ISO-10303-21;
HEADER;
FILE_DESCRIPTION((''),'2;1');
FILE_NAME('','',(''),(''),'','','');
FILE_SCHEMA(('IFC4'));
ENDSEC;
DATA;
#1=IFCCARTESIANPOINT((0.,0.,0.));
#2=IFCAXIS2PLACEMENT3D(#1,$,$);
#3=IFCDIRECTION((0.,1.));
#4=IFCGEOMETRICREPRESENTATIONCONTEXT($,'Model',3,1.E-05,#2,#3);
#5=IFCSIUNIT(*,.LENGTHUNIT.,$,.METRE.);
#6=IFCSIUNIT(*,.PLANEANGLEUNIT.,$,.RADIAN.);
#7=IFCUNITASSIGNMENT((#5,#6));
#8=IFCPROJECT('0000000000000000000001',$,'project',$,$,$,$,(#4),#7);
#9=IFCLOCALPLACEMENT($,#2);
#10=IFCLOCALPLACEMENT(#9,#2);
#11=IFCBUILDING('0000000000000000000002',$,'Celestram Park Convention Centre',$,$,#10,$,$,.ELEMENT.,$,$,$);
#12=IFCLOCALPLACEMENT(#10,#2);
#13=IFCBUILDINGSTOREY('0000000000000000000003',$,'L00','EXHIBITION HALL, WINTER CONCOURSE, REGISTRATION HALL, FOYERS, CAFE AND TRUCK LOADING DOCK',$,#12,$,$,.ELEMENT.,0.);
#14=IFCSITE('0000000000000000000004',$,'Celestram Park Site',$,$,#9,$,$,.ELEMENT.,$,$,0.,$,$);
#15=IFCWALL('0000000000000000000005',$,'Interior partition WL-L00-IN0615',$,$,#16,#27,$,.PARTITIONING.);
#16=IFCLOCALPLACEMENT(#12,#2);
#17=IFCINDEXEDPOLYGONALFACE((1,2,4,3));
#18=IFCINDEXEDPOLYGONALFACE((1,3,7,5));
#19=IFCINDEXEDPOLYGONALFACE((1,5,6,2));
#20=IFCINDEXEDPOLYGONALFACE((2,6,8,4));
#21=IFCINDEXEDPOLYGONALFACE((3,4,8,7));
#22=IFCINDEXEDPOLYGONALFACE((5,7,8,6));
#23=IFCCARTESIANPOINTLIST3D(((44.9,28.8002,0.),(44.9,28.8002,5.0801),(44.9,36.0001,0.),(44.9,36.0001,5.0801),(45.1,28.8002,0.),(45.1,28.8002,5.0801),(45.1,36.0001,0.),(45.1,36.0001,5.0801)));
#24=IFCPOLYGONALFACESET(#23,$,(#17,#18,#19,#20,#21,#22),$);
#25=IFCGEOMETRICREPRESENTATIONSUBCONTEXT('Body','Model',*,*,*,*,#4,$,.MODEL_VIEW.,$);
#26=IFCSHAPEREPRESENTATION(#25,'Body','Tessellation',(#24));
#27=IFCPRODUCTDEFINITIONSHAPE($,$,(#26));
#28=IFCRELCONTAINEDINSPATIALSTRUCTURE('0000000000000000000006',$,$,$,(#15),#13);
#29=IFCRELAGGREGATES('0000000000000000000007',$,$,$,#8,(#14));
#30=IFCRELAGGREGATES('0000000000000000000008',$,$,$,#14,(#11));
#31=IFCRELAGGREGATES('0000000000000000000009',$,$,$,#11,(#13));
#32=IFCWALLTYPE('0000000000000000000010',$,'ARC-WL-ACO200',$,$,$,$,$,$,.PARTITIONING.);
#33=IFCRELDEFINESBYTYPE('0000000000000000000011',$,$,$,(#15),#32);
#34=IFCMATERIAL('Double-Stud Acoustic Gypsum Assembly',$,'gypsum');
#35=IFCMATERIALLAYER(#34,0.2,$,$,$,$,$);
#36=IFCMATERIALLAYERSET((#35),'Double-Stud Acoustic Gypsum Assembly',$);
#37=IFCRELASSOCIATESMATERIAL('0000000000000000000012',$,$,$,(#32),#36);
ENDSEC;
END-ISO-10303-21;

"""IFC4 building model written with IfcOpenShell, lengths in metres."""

from ifc_helpers import new_model, si_unit, direction, frame, frame_2d, origin, place, context, subcontext, project, spatial, rectangle, extrude, material, layer, layer_set, type_object, element, save


model = new_model("IFC4")

# Units and contexts
model_context = context("Model", 3, precision=1e-05, world=origin(), true_north=direction((0.0, 1.0)))
body_context = subcontext(model_context, "Body", "Model", "MODEL_VIEW")
ifc_project = project(units=[si_unit("LENGTHUNIT", "METRE"), si_unit("PLANEANGLEUNIT", "RADIAN")], contexts=[model_context])

# Site, building, storey
site_placement = place(None, origin())
site = spatial("IfcSite", under=ifc_project, at=site_placement, Name="Celestram Park Site", CompositionType="ELEMENT", RefElevation=0.0)
building_placement = place(site_placement, origin())
building = spatial("IfcBuilding", under=site, at=building_placement, Name="Celestram Park Convention Centre", CompositionType="ELEMENT")
storey_placement = place(building_placement, origin())
storey = spatial("IfcBuildingStorey", under=building, at=storey_placement, Name="L00", Description="EXHIBITION HALL, WINTER CONCOURSE, REGISTRATION HALL, FOYERS, CAFE AND TRUCK LOADING DOCK", CompositionType="ELEMENT", Elevation=0.0)

# Shared definitions
ifc_material_1 = material(Name="Double-Stud Acoustic Gypsum Assembly", Category="gypsum")
ifc_layer = layer(ifc_material_1, 0.2)
ifc_layer_set = layer_set([ifc_layer], Name="Double-Stud Acoustic Gypsum Assembly")
wall_type = type_object("IfcWallType", Name="ARC-WL-ACO200", PredefinedType="PARTITIONING", material=ifc_layer_set)

# Wall
wall_1_placement = place(storey_placement, frame((45.0, 28.8, 0.0), z_axis=(0.0, 0.0, 1.0), x_axis=(0.0, 1.0, 0.0)))
element("IfcWall", 1, at=wall_1_placement, inside=storey, type_object=wall_type, Name="Interior partition WL-L00-IN0615", PredefinedType="PARTITIONING", context=body_context, shape_type="SweptSolid", body=[
    extrude(rectangle(XDim=7.2, YDim=0.2, at=frame_2d((3.6001, 0.0))), origin(), (0.0, 0.0, 1.0), 5.0801),
])

save(model, "model.ifc")
